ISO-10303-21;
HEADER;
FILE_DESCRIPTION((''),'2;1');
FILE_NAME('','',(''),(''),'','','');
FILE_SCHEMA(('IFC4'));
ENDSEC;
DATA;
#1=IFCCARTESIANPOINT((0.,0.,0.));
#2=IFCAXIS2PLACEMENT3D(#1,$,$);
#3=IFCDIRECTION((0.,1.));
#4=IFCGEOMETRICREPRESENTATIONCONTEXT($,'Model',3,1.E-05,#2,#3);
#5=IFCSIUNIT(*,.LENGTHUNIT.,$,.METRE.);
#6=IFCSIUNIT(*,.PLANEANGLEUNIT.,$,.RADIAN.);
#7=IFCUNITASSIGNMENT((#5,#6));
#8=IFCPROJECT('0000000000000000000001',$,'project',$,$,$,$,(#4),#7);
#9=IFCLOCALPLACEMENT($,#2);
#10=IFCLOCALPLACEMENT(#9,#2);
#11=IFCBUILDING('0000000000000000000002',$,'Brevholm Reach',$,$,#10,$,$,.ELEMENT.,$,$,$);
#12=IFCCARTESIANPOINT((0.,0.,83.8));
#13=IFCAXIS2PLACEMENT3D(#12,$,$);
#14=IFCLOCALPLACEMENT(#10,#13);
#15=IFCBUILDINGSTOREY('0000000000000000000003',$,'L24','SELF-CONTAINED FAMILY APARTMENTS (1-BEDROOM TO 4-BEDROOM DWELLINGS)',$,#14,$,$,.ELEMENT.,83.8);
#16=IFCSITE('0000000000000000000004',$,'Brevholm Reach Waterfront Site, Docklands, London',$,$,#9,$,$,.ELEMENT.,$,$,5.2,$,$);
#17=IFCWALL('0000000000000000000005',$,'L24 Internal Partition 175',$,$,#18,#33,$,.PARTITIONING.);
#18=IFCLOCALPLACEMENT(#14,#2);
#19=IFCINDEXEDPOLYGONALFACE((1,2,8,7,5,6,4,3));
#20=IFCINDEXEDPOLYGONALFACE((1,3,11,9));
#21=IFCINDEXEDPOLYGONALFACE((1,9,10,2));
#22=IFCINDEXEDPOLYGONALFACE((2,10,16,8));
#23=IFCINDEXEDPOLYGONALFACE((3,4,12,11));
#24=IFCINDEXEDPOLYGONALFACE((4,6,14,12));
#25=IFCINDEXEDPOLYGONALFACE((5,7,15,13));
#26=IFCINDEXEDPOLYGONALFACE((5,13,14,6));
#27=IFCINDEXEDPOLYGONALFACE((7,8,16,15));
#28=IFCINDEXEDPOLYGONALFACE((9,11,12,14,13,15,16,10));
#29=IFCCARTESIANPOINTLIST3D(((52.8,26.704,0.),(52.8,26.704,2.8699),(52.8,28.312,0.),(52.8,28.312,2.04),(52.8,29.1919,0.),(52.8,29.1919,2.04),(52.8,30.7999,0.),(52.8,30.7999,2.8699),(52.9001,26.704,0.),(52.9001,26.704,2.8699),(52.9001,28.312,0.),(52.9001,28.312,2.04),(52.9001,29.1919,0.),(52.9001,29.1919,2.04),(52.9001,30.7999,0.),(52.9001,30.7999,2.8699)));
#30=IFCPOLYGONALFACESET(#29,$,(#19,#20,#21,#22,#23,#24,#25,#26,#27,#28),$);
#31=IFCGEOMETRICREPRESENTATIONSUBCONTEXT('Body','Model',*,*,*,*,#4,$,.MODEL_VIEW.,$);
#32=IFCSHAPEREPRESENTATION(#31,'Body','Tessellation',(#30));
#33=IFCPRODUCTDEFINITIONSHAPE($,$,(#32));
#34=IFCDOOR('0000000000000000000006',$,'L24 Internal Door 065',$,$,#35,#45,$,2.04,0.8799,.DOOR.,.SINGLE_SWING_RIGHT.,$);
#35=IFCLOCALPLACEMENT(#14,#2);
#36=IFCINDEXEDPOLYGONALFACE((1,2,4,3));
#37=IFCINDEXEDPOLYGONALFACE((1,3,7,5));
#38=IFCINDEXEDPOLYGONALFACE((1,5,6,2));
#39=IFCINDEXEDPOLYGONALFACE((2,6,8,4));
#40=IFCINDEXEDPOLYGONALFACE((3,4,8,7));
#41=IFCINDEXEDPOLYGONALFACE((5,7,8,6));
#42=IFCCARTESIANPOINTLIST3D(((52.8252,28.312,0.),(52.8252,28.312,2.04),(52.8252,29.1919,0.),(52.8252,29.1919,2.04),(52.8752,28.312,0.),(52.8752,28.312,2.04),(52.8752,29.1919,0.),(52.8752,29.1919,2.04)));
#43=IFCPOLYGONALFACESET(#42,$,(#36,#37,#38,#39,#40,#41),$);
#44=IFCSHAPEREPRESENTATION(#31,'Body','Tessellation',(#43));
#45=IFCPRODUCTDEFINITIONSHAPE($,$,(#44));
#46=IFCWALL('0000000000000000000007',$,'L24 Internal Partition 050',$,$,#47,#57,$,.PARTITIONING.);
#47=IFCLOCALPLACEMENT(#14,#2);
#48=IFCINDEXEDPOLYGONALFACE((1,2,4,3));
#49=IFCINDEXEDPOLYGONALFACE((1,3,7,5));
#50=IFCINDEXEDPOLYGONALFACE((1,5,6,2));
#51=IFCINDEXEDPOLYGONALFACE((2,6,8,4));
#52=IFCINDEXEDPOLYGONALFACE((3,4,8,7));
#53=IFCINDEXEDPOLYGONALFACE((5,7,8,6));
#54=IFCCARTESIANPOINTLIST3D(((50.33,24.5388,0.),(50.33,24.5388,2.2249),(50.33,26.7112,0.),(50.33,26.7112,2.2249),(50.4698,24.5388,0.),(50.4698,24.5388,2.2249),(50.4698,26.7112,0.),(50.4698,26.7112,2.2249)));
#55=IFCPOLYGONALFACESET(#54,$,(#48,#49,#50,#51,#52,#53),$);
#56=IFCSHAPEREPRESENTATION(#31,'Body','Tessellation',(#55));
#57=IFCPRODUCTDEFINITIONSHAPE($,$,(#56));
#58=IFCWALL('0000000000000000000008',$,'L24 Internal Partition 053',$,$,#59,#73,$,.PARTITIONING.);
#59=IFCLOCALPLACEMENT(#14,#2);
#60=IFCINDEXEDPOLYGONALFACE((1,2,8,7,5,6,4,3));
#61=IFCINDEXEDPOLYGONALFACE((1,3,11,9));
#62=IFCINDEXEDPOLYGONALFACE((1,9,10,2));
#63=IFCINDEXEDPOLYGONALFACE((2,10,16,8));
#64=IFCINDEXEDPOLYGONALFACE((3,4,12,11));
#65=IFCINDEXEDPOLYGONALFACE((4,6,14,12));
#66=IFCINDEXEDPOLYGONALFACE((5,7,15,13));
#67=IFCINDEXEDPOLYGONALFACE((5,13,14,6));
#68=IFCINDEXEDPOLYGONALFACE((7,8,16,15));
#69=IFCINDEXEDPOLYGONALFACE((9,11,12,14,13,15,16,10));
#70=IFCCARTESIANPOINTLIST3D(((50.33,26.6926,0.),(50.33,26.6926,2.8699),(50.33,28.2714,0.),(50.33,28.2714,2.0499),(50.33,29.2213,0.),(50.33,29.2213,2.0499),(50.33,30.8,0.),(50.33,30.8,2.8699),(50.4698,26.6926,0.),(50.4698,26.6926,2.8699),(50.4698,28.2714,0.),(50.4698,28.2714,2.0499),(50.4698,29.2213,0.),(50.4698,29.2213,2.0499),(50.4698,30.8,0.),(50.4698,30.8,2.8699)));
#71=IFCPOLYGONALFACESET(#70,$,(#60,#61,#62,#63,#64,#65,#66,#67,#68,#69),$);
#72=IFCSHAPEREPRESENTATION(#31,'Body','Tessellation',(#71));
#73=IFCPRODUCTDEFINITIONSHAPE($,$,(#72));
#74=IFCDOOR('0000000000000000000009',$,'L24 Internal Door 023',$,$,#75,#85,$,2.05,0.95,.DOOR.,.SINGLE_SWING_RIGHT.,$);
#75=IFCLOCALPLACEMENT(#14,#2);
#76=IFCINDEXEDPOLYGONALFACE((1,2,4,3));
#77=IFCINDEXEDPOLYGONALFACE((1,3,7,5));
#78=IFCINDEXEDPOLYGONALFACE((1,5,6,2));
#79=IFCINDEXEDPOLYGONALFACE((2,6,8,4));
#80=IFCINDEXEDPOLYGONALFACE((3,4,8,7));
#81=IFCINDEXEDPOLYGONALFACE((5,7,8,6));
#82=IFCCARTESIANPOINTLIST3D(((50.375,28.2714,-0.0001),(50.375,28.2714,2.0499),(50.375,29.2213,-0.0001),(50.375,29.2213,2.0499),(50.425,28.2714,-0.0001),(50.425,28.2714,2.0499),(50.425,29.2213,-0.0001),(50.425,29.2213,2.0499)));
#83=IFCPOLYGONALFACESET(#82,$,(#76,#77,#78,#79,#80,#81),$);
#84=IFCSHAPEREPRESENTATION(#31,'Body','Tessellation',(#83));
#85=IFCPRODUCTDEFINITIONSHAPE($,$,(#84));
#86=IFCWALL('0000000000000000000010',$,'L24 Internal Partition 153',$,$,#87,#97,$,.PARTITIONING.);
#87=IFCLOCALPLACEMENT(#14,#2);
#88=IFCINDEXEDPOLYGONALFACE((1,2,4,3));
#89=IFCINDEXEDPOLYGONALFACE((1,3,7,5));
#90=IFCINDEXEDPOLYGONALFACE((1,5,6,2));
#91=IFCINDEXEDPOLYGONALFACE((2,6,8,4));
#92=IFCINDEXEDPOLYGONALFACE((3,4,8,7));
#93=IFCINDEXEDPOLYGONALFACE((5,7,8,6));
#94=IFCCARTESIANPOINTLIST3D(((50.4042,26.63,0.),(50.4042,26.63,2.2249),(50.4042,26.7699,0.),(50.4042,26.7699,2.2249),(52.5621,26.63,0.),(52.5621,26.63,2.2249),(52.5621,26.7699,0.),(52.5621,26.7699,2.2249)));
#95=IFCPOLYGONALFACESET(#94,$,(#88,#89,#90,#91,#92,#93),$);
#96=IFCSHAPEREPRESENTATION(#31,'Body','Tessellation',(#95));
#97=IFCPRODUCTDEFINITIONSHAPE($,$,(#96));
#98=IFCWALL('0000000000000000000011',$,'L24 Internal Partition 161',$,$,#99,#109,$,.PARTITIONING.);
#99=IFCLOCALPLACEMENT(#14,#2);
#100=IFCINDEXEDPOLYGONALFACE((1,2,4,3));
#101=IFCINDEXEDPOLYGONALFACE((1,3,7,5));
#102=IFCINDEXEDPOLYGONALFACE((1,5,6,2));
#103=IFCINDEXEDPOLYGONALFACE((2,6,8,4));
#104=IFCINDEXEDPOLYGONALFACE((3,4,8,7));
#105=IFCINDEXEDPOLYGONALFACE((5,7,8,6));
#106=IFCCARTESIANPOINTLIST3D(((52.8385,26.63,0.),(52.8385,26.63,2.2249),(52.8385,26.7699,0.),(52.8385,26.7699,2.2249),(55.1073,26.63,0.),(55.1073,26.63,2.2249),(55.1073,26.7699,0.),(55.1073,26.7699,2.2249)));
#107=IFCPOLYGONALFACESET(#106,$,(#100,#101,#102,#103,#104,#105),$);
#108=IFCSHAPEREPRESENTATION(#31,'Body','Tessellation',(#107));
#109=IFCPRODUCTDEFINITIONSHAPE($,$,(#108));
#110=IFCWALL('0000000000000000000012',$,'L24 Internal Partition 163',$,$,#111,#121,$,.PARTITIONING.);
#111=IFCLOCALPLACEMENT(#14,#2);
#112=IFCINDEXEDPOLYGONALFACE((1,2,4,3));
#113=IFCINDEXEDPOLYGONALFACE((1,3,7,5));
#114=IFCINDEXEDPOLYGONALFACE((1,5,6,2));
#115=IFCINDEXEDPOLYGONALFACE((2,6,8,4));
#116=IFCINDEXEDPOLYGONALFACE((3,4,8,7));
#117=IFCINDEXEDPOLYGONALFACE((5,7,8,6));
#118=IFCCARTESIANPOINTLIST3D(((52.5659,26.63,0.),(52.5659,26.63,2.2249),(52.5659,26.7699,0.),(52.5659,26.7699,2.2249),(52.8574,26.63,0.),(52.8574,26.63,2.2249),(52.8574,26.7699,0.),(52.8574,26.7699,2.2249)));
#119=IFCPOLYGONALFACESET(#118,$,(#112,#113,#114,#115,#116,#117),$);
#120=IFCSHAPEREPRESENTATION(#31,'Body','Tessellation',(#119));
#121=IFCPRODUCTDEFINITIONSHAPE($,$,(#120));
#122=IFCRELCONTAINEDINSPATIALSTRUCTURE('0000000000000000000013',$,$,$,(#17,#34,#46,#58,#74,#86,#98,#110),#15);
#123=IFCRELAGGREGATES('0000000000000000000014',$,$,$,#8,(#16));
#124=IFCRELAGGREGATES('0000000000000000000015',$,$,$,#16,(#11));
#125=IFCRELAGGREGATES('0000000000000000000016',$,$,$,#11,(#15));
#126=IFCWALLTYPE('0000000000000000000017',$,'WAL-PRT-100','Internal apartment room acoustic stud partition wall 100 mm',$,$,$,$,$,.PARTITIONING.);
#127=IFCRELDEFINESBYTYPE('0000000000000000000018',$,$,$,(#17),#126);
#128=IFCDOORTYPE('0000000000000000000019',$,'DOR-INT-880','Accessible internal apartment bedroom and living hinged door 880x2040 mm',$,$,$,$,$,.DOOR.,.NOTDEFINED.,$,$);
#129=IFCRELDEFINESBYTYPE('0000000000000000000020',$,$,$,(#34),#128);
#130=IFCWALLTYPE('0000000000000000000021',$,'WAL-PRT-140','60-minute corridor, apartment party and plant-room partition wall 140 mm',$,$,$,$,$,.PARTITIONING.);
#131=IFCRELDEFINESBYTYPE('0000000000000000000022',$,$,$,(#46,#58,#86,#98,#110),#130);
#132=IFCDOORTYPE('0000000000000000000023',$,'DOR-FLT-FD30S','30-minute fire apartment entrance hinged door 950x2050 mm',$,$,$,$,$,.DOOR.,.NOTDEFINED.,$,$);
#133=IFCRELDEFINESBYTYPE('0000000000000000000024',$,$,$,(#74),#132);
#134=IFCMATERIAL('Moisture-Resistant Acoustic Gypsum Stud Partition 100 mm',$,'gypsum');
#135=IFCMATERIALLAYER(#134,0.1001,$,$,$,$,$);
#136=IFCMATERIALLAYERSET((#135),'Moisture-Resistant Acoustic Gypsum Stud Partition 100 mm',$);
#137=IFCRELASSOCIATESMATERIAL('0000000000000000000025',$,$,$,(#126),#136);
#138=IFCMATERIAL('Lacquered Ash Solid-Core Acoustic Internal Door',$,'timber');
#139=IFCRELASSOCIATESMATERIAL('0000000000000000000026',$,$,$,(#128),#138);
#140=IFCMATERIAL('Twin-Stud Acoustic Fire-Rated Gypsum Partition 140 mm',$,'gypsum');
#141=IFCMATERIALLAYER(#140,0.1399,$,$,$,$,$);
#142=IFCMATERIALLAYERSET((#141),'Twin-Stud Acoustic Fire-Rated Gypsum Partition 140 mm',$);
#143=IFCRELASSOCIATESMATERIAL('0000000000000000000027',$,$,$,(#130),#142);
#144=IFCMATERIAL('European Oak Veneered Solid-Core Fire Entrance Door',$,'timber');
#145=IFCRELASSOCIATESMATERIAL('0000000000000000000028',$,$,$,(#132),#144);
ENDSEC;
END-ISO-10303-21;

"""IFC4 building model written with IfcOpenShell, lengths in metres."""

from ifc_helpers import new_model, si_unit, direction, frame, frame_2d, origin, place, context, subcontext, project, spatial, rectangle, extrude, material, layer, layer_set, type_object, element, fill, save


model = new_model("IFC4")

# Units and contexts
model_context = context("Model", 3, precision=1e-05, world=origin(), true_north=direction((0.0, 1.0)))
body_context = subcontext(model_context, "Body", "Model", "MODEL_VIEW")
ifc_project = project(units=[si_unit("LENGTHUNIT", "METRE"), si_unit("PLANEANGLEUNIT", "RADIAN")], contexts=[model_context])

# Site, building, storey
site_placement = place(None, origin())
site = spatial("IfcSite", under=ifc_project, at=site_placement, Name="Brevholm Reach Waterfront Site, Docklands, London", CompositionType="ELEMENT", RefElevation=5.2)
building_placement = place(site_placement, origin())
building = spatial("IfcBuilding", under=site, at=building_placement, Name="Brevholm Reach", CompositionType="ELEMENT")
storey_placement = place(building_placement, frame((0.0, 0.0, 83.8)))
storey = spatial("IfcBuildingStorey", under=building, at=storey_placement, Name="L24", Description="SELF-CONTAINED FAMILY APARTMENTS (1-BEDROOM TO 4-BEDROOM DWELLINGS)", CompositionType="ELEMENT", Elevation=83.8)

# Shared definitions
ifc_material_1 = material(Name="Moisture-Resistant Acoustic Gypsum Stud Partition 100 mm", Category="gypsum")
ifc_layer_1 = layer(ifc_material_1, 0.1001)
ifc_layer_set_1 = layer_set([ifc_layer_1], Name="Moisture-Resistant Acoustic Gypsum Stud Partition 100 mm")
wall_type_1 = type_object("IfcWallType", Name="WAL-PRT-100", Description="Internal apartment room acoustic stud partition wall 100 mm", PredefinedType="PARTITIONING", material=ifc_layer_set_1)

# Wall, opening, door
wall_1_placement = place(storey_placement, frame((52.8501, 26.7041, 0.0), z_axis=(0.0, 0.0, 1.0), x_axis=(0.0, 1.0, 0.0)))
wall_1 = element("IfcWall", 1, at=wall_1_placement, inside=storey, type_object=wall_type_1, Name="L24 Internal Partition 175", PredefinedType="PARTITIONING", context=body_context, shape_type="SweptSolid", body=[
    extrude(rectangle(XDim=4.0959, YDim=0.1001, at=frame_2d((2.0479, 0.0))), origin(), (0.0, 0.0, 1.0), 2.8699),
])
opening_1_placement = place(wall_1_placement, frame((1.6079, 0.0, 0.0)))
opening_1 = element("IfcOpeningElement", 2, at=opening_1_placement, cuts=wall_1, PredefinedType="OPENING", context=body_context, shape_type="SweptSolid", body=[
    extrude(rectangle(XDim=0.8799, YDim=2.04, at=frame_2d((0.4399, 1.02))), frame((0.0, 0.0601, 0.0), z_axis=(0.0, -1.0, 0.0), x_axis=(1.0, 0.0, 0.0)), (0.0, 0.0, 1.0), 0.1201),
])
ifc_material_2 = material(Name="Lacquered Ash Solid-Core Acoustic Internal Door", Category="timber")
door_type_1 = type_object("IfcDoorType", Name="DOR-INT-880", Description="Accessible internal apartment bedroom and living hinged door 880x2040 mm", OperationType="NOTDEFINED", PredefinedType="DOOR", material=ifc_material_2)
door_1_placement = place(opening_1_placement, origin())
door_1 = element("IfcDoor", 3, at=door_1_placement, inside=storey, type_object=door_type_1, Name="L24 Internal Door 065", OperationType="SINGLE_SWING_RIGHT", OverallHeight=2.04, OverallWidth=0.8799, PredefinedType="DOOR", context=body_context, shape_type="SweptSolid", body=[
    extrude(rectangle(XDim=0.8799, YDim=2.04, at=frame_2d((0.4399, 1.02))), frame((0.0, 0.0249, 0.0), z_axis=(0.0, -1.0, 0.0), x_axis=(1.0, 0.0, 0.0)), (0.0, 0.0, 1.0), 0.05),
])
fill(opening_1, door_1)

# Wall
ifc_material_3 = material(Name="Twin-Stud Acoustic Fire-Rated Gypsum Partition 140 mm", Category="gypsum")
ifc_layer_2 = layer(ifc_material_3, 0.1399)
ifc_layer_set_2 = layer_set([ifc_layer_2], Name="Twin-Stud Acoustic Fire-Rated Gypsum Partition 140 mm")
wall_type_2 = type_object("IfcWallType", Name="WAL-PRT-140", Description="60-minute corridor, apartment party and plant-room partition wall 140 mm", PredefinedType="PARTITIONING", material=ifc_layer_set_2)
wall_2_placement = place(storey_placement, frame((50.3999, 24.5388, 0.0), z_axis=(0.0, 0.0, 1.0), x_axis=(0.0, 1.0, 0.0)))
element("IfcWall", 4, at=wall_2_placement, inside=storey, type_object=wall_type_2, Name="L24 Internal Partition 050", PredefinedType="PARTITIONING", context=body_context, shape_type="SweptSolid", body=[
    extrude(rectangle(XDim=2.1724, YDim=0.1399, at=frame_2d((1.0862, 0.0))), origin(), (0.0, 0.0, 1.0), 2.2249),
])

# Wall, opening, door
wall_3_placement = place(storey_placement, frame((50.3999, 26.6926, 0.0), z_axis=(0.0, 0.0, 1.0), x_axis=(0.0, 1.0, 0.0)))
wall_3 = element("IfcWall", 5, at=wall_3_placement, inside=storey, type_object=wall_type_2, Name="L24 Internal Partition 053", PredefinedType="PARTITIONING", context=body_context, shape_type="SweptSolid", body=[
    extrude(rectangle(XDim=4.1074, YDim=0.1399, at=frame_2d((2.0537, 0.0))), origin(), (0.0, 0.0, 1.0), 2.8699),
])
opening_2_placement = place(wall_3_placement, frame((1.5786, 0.0, 0.0)))
opening_2 = element("IfcOpeningElement", 6, at=opening_2_placement, cuts=wall_3, PredefinedType="OPENING", context=body_context, shape_type="SweptSolid", body=[
    extrude(rectangle(XDim=0.95, YDim=2.05, at=frame_2d((0.4751, 1.0249))), frame((0.0, 0.0798, 0.0), z_axis=(0.0, -1.0, 0.0), x_axis=(1.0, 0.0, 0.0)), (0.0, 0.0, 1.0), 0.1599),
])
ifc_material_4 = material(Name="European Oak Veneered Solid-Core Fire Entrance Door", Category="timber")
door_type_2 = type_object("IfcDoorType", Name="DOR-FLT-FD30S", Description="30-minute fire apartment entrance hinged door 950x2050 mm", OperationType="NOTDEFINED", PredefinedType="DOOR", material=ifc_material_4)
door_2_placement = place(opening_2_placement, origin())
door_2 = element("IfcDoor", 7, at=door_2_placement, inside=storey, type_object=door_type_2, Name="L24 Internal Door 023", OperationType="SINGLE_SWING_RIGHT", OverallHeight=2.05, OverallWidth=0.95, PredefinedType="DOOR", context=body_context, shape_type="SweptSolid", body=[
    extrude(rectangle(XDim=0.95, YDim=2.05, at=frame_2d((0.4751, 1.0249))), frame((0.0, 0.0249, 0.0), z_axis=(0.0, -1.0, 0.0), x_axis=(1.0, 0.0, 0.0)), (0.0, 0.0, 1.0), 0.05),
])
fill(opening_2, door_2)

# Walls
wall_4_placement = place(storey_placement, frame((50.4041, 26.7, 0.0), z_axis=(0.0, 0.0, 1.0), x_axis=(1.0, 0.0, 0.0)))
element("IfcWall", 8, at=wall_4_placement, inside=storey, type_object=wall_type_2, Name="L24 Internal Partition 153", PredefinedType="PARTITIONING", context=body_context, shape_type="SweptSolid", body=[
    extrude(rectangle(XDim=2.158, YDim=0.1399, at=frame_2d((1.0791, 0.0))), origin(), (0.0, 0.0, 1.0), 2.2249),
])
wall_5_placement = place(storey_placement, frame((52.8386, 26.7, 0.0), z_axis=(0.0, 0.0, 1.0), x_axis=(1.0, 0.0, 0.0)))
element("IfcWall", 9, at=wall_5_placement, inside=storey, type_object=wall_type_2, Name="L24 Internal Partition 161", PredefinedType="PARTITIONING", context=body_context, shape_type="SweptSolid", body=[
    extrude(rectangle(XDim=2.2688, YDim=0.1399, at=frame_2d((1.1343, 0.0))), origin(), (0.0, 0.0, 1.0), 2.2249),
])
wall_6_placement = place(storey_placement, frame((52.5659, 26.7, 0.0), z_axis=(0.0, 0.0, 1.0), x_axis=(1.0, 0.0, 0.0)))
element("IfcWall", 10, at=wall_6_placement, inside=storey, type_object=wall_type_2, Name="L24 Internal Partition 163", PredefinedType="PARTITIONING", context=body_context, shape_type="SweptSolid", body=[
    extrude(rectangle(XDim=0.2915, YDim=0.1399, at=frame_2d((0.1458, 0.0))), origin(), (0.0, 0.0, 1.0), 2.2249),
])

save(model, "model.ifc")
